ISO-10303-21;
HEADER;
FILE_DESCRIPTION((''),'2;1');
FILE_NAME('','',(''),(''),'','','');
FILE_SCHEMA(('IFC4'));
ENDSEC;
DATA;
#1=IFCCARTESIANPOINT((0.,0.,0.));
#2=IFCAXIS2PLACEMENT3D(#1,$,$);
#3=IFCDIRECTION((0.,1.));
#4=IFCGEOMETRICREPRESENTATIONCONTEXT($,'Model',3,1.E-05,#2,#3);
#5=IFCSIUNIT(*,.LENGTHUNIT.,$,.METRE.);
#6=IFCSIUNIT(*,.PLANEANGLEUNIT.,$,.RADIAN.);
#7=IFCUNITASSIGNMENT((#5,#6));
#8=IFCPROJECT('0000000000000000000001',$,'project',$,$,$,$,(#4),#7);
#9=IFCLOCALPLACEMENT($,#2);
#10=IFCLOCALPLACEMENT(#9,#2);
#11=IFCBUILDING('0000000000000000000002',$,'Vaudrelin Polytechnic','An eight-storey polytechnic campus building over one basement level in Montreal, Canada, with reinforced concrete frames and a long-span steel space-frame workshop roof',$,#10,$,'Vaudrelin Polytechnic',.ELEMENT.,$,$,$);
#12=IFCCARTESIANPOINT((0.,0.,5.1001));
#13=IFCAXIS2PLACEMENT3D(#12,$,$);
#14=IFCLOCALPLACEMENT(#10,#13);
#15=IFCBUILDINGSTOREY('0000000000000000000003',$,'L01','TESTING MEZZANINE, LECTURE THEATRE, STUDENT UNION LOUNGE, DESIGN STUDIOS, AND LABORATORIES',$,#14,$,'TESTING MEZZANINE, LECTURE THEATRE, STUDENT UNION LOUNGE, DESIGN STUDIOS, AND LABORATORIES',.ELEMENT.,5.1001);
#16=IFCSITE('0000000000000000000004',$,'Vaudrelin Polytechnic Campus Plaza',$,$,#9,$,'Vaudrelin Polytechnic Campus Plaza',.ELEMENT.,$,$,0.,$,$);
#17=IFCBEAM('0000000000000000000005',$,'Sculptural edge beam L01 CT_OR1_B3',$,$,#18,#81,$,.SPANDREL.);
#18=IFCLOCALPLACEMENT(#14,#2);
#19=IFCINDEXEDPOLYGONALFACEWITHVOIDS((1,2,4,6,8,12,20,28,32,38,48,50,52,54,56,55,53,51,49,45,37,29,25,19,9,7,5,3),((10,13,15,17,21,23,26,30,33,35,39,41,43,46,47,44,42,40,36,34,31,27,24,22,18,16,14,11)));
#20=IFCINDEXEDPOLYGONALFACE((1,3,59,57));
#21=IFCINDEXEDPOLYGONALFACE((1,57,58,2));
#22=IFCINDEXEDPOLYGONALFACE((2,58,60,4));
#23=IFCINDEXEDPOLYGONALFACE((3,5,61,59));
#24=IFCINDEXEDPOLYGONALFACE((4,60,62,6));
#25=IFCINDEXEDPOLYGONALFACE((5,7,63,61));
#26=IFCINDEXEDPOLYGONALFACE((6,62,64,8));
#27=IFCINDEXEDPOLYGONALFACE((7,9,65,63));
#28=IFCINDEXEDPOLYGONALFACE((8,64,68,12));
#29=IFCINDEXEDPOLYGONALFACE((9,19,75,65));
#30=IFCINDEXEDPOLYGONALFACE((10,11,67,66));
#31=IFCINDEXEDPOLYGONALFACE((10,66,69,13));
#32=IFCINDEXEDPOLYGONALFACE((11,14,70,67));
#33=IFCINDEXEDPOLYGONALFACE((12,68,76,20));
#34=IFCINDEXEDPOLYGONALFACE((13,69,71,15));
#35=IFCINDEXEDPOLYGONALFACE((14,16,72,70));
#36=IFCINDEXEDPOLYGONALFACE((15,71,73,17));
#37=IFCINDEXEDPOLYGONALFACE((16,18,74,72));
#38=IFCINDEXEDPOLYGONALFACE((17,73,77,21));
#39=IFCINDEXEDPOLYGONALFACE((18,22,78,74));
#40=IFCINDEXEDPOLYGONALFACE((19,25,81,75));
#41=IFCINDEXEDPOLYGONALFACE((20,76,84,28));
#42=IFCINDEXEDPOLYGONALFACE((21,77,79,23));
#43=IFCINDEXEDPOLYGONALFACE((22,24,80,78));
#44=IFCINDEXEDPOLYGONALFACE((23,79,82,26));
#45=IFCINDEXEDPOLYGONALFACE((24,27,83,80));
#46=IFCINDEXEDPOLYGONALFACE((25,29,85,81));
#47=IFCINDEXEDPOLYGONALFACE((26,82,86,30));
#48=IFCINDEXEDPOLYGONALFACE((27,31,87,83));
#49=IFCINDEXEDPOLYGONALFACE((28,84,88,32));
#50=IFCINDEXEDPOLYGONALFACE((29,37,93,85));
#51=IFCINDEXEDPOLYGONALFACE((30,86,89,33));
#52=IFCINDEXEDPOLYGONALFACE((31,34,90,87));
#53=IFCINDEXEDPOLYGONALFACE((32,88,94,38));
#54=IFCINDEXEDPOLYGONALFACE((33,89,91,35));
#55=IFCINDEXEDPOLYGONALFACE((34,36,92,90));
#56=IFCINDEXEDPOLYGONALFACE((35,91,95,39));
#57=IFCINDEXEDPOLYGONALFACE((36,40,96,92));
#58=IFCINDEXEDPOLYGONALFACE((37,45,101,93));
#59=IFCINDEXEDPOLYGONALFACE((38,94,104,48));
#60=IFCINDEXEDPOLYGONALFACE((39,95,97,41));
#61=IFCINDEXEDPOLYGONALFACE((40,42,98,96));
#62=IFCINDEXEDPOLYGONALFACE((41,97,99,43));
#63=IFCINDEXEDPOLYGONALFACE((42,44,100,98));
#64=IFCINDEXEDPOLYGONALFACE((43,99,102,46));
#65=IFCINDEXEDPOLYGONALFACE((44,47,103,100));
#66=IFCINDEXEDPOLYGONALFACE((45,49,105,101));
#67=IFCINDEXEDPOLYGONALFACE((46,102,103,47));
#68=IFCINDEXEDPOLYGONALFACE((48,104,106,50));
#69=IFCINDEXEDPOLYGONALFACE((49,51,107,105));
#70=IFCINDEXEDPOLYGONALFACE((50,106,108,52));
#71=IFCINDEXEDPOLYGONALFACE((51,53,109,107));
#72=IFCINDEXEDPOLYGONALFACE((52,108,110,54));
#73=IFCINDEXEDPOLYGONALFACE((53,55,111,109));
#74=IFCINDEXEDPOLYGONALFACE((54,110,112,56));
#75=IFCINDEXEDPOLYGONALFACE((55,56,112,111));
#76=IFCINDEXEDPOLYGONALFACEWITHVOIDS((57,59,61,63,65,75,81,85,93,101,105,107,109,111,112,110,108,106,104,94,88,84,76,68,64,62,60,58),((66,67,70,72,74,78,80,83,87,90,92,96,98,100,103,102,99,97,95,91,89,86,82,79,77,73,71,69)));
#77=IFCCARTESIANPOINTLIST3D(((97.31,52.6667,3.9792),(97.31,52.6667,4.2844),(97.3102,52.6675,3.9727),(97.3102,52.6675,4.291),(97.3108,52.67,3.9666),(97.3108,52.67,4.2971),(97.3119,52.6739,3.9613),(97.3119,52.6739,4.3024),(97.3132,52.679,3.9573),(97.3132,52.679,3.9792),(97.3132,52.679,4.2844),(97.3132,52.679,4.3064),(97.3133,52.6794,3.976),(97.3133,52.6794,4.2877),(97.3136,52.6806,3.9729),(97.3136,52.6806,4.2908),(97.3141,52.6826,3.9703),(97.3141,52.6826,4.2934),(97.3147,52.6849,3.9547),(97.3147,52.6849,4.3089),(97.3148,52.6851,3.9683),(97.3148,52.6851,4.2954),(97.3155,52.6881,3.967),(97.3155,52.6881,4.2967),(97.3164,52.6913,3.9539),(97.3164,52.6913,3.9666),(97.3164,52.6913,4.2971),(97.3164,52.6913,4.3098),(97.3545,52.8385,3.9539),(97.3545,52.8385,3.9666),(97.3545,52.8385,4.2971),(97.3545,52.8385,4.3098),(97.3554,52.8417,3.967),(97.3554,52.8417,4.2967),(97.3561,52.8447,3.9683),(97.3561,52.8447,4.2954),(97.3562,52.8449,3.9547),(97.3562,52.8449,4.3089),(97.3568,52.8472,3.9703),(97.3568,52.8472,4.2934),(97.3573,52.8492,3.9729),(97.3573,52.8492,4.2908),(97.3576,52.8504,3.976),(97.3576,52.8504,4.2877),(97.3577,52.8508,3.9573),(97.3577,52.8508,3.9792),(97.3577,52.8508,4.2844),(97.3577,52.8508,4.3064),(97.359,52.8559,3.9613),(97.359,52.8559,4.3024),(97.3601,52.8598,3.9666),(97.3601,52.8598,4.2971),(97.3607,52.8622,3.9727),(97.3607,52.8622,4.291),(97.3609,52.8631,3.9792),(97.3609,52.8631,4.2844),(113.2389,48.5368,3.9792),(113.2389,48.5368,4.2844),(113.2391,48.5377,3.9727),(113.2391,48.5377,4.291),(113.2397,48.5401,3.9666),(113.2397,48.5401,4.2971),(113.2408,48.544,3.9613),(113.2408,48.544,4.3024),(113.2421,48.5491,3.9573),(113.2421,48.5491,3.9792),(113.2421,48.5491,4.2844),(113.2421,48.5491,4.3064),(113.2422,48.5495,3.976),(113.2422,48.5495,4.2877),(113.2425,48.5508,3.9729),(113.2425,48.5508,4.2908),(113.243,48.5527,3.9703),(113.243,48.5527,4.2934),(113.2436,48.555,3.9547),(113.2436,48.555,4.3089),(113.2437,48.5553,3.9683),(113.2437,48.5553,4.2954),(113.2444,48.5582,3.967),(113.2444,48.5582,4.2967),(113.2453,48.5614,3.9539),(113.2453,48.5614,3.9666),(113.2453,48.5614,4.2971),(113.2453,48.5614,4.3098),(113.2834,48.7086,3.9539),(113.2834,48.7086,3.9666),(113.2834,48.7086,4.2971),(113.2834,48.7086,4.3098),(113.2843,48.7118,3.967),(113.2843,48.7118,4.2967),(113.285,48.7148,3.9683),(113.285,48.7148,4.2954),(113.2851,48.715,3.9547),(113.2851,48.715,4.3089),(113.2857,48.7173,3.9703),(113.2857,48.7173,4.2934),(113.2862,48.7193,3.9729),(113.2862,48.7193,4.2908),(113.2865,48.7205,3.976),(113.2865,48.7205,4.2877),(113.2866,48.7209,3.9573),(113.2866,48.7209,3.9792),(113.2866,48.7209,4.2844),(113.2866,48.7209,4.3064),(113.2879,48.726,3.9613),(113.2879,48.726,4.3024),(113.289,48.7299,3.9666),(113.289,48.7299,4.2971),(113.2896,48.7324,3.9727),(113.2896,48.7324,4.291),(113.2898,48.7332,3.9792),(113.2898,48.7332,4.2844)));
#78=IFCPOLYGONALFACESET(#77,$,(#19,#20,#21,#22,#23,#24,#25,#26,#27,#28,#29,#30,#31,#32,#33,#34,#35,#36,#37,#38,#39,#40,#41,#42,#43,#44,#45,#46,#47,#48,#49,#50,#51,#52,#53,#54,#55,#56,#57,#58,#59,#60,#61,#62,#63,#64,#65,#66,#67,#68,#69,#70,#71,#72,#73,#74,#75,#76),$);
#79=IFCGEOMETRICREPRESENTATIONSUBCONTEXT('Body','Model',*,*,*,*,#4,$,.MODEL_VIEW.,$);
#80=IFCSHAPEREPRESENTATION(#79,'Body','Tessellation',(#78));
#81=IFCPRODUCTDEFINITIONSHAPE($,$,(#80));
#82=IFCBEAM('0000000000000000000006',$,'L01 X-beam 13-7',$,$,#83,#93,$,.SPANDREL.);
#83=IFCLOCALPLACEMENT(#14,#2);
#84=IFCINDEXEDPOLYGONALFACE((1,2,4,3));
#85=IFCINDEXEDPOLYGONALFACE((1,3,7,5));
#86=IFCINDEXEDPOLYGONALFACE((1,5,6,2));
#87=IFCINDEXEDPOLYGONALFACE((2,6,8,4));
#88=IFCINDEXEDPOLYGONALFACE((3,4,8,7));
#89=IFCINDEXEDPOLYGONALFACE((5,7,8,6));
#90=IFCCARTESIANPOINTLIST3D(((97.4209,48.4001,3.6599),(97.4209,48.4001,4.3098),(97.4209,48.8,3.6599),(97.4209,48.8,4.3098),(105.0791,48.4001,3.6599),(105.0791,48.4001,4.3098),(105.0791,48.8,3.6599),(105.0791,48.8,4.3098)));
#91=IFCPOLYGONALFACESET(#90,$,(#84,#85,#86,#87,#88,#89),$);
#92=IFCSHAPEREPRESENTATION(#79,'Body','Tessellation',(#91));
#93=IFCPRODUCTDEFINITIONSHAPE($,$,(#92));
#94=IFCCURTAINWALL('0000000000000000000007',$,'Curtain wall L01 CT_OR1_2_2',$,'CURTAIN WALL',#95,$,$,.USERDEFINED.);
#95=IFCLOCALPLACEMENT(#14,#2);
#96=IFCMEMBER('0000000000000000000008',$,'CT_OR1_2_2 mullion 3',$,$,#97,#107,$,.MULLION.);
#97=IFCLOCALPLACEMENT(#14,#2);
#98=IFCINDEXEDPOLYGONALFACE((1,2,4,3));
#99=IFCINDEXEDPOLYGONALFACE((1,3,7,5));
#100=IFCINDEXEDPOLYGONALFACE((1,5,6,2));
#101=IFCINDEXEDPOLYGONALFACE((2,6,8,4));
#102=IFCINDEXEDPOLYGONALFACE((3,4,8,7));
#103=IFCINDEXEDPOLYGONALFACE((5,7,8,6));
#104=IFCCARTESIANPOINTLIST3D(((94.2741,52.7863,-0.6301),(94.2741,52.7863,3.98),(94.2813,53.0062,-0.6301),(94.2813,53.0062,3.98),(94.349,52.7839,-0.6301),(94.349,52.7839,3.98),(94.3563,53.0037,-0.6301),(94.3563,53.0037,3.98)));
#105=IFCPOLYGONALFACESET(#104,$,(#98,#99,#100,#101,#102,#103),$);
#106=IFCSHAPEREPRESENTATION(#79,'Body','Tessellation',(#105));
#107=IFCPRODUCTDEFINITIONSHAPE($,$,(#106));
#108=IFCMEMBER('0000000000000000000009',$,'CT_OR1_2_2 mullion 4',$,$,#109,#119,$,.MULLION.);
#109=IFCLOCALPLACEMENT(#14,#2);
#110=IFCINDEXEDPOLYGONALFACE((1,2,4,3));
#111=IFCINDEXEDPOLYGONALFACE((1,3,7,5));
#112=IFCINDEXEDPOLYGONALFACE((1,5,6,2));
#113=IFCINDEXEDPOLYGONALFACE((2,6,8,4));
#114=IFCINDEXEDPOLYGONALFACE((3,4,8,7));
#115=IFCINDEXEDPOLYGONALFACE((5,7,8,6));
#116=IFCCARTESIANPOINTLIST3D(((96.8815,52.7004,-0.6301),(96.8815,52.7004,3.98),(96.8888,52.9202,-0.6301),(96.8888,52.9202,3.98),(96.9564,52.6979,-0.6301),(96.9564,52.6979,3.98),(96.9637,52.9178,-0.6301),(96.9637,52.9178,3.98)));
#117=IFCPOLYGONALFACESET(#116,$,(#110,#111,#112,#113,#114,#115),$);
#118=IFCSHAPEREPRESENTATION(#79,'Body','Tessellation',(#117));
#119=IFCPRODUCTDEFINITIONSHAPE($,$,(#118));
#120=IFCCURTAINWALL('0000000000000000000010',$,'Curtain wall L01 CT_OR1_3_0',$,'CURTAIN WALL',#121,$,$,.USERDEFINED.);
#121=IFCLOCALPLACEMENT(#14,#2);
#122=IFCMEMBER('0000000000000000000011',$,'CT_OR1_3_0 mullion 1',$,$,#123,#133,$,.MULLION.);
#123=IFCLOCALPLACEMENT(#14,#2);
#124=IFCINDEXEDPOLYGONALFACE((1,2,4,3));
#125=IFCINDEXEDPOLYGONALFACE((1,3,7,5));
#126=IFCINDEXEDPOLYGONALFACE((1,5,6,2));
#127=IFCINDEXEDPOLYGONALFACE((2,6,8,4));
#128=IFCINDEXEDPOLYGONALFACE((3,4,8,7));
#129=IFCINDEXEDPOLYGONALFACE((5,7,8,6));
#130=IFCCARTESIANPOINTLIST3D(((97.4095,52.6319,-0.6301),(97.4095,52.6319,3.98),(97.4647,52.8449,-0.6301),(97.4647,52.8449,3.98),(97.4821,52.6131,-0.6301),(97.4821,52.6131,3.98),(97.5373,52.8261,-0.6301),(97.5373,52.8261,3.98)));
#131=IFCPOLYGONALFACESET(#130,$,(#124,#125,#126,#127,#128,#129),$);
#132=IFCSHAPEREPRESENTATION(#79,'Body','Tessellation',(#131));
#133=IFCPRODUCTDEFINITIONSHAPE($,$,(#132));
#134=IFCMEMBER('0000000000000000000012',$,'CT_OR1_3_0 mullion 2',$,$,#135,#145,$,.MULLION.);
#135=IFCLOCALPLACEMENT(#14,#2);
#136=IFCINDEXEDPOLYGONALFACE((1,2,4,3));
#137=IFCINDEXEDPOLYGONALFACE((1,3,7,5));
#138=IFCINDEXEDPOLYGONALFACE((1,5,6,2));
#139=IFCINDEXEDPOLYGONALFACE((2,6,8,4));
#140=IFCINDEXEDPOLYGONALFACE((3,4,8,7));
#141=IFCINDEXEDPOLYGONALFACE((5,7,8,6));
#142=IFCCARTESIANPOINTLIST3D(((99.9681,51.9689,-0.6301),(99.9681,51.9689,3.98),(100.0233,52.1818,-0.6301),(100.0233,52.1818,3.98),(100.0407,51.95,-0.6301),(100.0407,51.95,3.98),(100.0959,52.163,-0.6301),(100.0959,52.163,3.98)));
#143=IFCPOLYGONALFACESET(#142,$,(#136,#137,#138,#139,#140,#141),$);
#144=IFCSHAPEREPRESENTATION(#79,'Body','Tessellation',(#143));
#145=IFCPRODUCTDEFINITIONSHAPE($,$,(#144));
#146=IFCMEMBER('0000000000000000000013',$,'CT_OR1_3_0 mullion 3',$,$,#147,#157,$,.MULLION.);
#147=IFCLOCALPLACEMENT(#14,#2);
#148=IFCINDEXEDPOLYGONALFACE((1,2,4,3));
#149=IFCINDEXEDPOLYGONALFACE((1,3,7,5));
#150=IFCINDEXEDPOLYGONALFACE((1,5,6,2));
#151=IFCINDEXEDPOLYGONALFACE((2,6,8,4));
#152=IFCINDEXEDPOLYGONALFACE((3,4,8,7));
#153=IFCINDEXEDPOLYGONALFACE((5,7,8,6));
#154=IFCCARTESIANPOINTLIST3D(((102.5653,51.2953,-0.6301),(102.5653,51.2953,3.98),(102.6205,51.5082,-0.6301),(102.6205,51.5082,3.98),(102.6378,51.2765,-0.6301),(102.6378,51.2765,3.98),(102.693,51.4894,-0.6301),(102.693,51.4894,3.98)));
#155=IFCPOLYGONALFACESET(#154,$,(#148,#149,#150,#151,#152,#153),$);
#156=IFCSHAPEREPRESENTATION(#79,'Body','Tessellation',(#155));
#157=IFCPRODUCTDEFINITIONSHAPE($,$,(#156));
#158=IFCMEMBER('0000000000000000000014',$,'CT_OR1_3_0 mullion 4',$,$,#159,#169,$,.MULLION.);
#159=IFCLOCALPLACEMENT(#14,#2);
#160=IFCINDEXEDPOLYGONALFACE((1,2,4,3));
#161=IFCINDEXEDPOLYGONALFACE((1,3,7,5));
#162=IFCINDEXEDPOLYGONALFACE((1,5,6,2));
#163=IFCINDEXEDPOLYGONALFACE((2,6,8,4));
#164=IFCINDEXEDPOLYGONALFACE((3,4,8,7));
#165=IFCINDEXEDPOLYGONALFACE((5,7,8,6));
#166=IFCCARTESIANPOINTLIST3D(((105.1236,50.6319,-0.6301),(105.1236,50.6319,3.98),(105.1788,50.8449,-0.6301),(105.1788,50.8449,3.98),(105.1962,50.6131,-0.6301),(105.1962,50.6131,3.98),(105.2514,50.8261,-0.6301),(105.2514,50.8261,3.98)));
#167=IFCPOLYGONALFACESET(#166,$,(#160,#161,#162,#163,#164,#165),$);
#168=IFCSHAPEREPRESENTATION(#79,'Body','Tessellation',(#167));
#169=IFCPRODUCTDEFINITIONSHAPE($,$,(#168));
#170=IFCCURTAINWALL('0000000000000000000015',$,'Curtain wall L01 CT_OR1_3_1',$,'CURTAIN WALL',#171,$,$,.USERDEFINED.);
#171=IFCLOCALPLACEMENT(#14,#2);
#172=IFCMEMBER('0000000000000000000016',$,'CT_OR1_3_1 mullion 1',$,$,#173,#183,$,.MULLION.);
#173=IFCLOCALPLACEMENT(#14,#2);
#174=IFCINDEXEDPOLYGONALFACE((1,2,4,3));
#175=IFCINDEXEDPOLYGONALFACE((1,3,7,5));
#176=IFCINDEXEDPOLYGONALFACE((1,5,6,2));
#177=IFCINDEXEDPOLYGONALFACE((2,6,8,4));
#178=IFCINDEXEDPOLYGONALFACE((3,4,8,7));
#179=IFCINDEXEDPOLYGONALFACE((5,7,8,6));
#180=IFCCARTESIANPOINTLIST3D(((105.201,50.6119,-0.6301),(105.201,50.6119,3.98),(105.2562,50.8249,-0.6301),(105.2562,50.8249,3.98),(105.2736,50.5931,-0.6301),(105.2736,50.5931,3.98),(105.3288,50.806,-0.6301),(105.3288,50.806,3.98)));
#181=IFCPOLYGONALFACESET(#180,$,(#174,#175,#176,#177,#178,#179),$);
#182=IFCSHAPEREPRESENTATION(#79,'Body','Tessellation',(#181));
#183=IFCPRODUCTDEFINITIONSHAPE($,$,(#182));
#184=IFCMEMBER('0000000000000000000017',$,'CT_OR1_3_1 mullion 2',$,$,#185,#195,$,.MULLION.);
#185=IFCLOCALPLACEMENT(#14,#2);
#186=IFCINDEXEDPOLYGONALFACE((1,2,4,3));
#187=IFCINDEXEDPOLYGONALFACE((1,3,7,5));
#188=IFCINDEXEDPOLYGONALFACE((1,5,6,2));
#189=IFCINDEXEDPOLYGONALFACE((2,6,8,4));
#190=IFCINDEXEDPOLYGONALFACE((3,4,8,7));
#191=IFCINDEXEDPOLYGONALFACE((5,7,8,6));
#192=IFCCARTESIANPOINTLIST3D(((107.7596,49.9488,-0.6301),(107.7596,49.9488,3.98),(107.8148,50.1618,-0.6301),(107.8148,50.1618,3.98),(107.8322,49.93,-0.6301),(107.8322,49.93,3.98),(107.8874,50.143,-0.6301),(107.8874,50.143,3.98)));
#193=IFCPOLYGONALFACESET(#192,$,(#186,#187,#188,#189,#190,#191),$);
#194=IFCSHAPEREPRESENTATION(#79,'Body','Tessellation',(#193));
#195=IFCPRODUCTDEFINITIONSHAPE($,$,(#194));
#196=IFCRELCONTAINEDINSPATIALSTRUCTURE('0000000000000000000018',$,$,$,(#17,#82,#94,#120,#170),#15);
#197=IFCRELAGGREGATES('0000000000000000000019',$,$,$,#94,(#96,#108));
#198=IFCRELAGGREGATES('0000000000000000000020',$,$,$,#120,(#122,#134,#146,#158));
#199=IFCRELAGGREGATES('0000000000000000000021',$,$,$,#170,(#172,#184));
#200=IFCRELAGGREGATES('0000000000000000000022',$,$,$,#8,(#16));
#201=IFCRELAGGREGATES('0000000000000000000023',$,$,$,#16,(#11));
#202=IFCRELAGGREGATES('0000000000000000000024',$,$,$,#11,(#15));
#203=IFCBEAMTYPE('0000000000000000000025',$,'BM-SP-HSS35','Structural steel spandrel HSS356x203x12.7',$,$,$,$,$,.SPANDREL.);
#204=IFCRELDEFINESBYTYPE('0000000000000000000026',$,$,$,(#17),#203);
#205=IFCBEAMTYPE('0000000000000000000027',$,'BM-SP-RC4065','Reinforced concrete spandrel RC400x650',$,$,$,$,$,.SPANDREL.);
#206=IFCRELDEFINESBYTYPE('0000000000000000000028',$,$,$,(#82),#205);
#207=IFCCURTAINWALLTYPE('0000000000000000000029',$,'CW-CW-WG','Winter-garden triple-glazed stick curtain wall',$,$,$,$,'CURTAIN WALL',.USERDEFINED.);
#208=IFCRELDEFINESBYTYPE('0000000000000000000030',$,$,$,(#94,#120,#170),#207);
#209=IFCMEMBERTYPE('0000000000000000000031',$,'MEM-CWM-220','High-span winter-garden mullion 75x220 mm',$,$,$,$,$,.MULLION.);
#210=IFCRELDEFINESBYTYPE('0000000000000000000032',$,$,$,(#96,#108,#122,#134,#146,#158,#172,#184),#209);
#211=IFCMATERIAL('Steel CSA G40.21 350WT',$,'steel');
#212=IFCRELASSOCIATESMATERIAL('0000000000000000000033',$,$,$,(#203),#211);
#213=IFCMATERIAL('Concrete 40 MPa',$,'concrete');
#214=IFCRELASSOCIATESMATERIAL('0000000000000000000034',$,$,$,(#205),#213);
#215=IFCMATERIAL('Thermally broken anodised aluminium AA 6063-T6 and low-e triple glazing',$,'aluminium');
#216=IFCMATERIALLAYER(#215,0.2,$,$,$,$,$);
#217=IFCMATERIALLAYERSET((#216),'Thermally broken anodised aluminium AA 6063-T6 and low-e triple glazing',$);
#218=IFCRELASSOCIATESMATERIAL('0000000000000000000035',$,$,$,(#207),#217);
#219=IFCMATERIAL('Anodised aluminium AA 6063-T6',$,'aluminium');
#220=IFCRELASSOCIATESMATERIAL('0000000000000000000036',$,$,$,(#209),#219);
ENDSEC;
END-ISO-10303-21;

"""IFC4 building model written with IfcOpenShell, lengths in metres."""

from ifc_helpers import new_model, si_unit, direction, frame, origin, origin_2d, place, context, subcontext, project, spatial, rectangle, hollow_rectangle, extrude, material, layer, layer_set, material_profile, profile_set, type_object, element, aggregate, save


model = new_model("IFC4")

# Units and contexts
model_context = context("Model", 3, precision=1e-05, world=origin(), true_north=direction((0.0, 1.0)))
body_context = subcontext(model_context, "Body", "Model", "MODEL_VIEW")
ifc_project = project(units=[si_unit("LENGTHUNIT", "METRE"), si_unit("PLANEANGLEUNIT", "RADIAN")], contexts=[model_context])

# Site, building, storey
site_placement = place(None, origin())
site = spatial("IfcSite", under=ifc_project, at=site_placement, Name="Vaudrelin Polytechnic Campus Plaza", LongName="Vaudrelin Polytechnic Campus Plaza", CompositionType="ELEMENT", RefElevation=0.0)
building_placement = place(site_placement, origin())
building = spatial("IfcBuilding", under=site, at=building_placement, Name="Vaudrelin Polytechnic", Description="An eight-storey polytechnic campus building over one basement level in Montreal, Canada, with reinforced concrete frames and a long-span steel space-frame workshop roof", LongName="Vaudrelin Polytechnic", CompositionType="ELEMENT")
storey_placement = place(building_placement, frame((0.0, 0.0, 5.1001)))
storey = spatial("IfcBuildingStorey", under=building, at=storey_placement, Name="L01", Description="TESTING MEZZANINE, LECTURE THEATRE, STUDENT UNION LOUNGE, DESIGN STUDIOS, AND LABORATORIES", LongName="TESTING MEZZANINE, LECTURE THEATRE, STUDENT UNION LOUNGE, DESIGN STUDIOS, AND LABORATORIES", CompositionType="ELEMENT", Elevation=5.1001)

# Shared definitions
ifc_material_1 = material(Name="Steel CSA G40.21 350WT", Category="steel")
ifc_material_2 = material(Name="Concrete 40 MPa", Category="concrete")

# Beams
ifc_material_profile_1 = material_profile(ifc_material_1, hollow_rectangle(XDim=0.2029, YDim=0.356, WallThickness=0.0127, InnerFilletRadius=0.0127, OuterFilletRadius=0.0254, at=origin_2d()), Name="HSS356x203x12.7")
ifc_profile_set_1 = profile_set([ifc_material_profile_1], Name="Steel CSA G40.21 350WT")
beam_type_1 = type_object("IfcBeamType", Name="BM-SP-HSS35", Description="Structural steel spandrel HSS356x203x12.7", PredefinedType="SPANDREL", material=ifc_profile_set_1)
beam_1_placement = place(storey_placement, frame((97.3354, 52.7649, 4.1318), z_axis=(0.967995, -0.250971, 0.0), x_axis=(0.250971, 0.967995, 0.0)))
element("IfcBeam", 1, at=beam_1_placement, inside=storey, type_object=beam_type_1, Name="Sculptural edge beam L01 CT_OR1_B3", PredefinedType="SPANDREL", context=body_context, shape_type="SweptSolid", body=[
    extrude(hollow_rectangle(XDim=0.2029, YDim=0.356, WallThickness=0.0127, InnerFilletRadius=0.0127, OuterFilletRadius=0.0254, at=origin_2d()), origin(), (0.0, 0.0, 1.0), 16.4556),
])
ifc_material_profile_2 = material_profile(ifc_material_2, rectangle(XDim=0.3999, YDim=0.6499, at=origin_2d()), Name="RC400x650")
ifc_profile_set_2 = profile_set([ifc_material_profile_2], Name="Concrete 40 MPa")
beam_type_2 = type_object("IfcBeamType", Name="BM-SP-RC4065", Description="Reinforced concrete spandrel RC400x650", PredefinedType="SPANDREL", material=ifc_profile_set_2)
beam_2_placement = place(storey_placement, frame((97.4209, 48.6001, 3.9849), z_axis=(1.0, 0.0, 0.0), x_axis=(0.0, 1.0, 0.0)))
element("IfcBeam", 2, at=beam_2_placement, inside=storey, type_object=beam_type_2, Name="L01 X-beam 13-7", PredefinedType="SPANDREL", context=body_context, shape_type="SweptSolid", body=[
    extrude(rectangle(XDim=0.3999, YDim=0.6499, at=origin_2d()), origin(), (0.0, 0.0, 1.0), 7.6582),
])

# Curtain walls, members
ifc_material_3 = material(Name="Thermally broken anodised aluminium AA 6063-T6 and low-e triple glazing", Category="aluminium")
ifc_layer_1 = layer(ifc_material_3, 0.2)
ifc_layer_set_1 = layer_set([ifc_layer_1], Name="Thermally broken anodised aluminium AA 6063-T6 and low-e triple glazing")
curtain_wall_type = type_object("IfcCurtainWallType", Name="CW-CW-WG", Description="Winter-garden triple-glazed stick curtain wall", ElementType="CURTAIN WALL", PredefinedType="USERDEFINED", material=ifc_layer_set_1)
curtain_wall_1_placement = place(storey_placement, origin())
curtain_wall_1 = element("IfcCurtainWall", 3, at=curtain_wall_1_placement, inside=storey, type_object=curtain_wall_type, Name="Curtain wall L01 CT_OR1_2_2", ObjectType="CURTAIN WALL", PredefinedType="USERDEFINED")
ifc_material_4 = material(Name="Anodised aluminium AA 6063-T6", Category="aluminium")
ifc_material_profile_3 = material_profile(ifc_material_4, rectangle(XDim=0.075, YDim=0.22, at=origin_2d()), Name="CWM-75x220")
ifc_profile_set_3 = profile_set([ifc_material_profile_3], Name="Anodised aluminium AA 6063-T6")
member_type_1 = type_object("IfcMemberType", Name="MEM-CWM-220", Description="High-span winter-garden mullion 75x220 mm", PredefinedType="MULLION", material=ifc_profile_set_3)
member_1_placement = place(storey_placement, frame((94.3152, 52.895, -0.6301), z_axis=(0.0, 0.0, 1.0), x_axis=(0.999458, -0.03291, 0.0)))
member_1 = element("IfcMember", 4, at=member_1_placement, type_object=member_type_1, Name="CT_OR1_2_2 mullion 3", PredefinedType="MULLION", context=body_context, shape_type="SweptSolid", body=[
    extrude(rectangle(XDim=0.075, YDim=0.22, at=origin_2d()), origin(), (0.0, 0.0, 1.0), 4.6101),
])
member_2_placement = place(storey_placement, frame((96.9226, 52.8091, -0.6301), z_axis=(0.0, 0.0, 1.0), x_axis=(0.999458, -0.03291, 0.0)))
member_2 = element("IfcMember", 5, at=member_2_placement, type_object=member_type_1, Name="CT_OR1_2_2 mullion 4", PredefinedType="MULLION", context=body_context, shape_type="SweptSolid", body=[
    extrude(rectangle(XDim=0.075, YDim=0.22, at=origin_2d()), origin(), (0.0, 0.0, 1.0), 4.6101),
])
curtain_wall_2_placement = place(storey_placement, origin())
curtain_wall_2 = element("IfcCurtainWall", 6, at=curtain_wall_2_placement, inside=storey, type_object=curtain_wall_type, Name="Curtain wall L01 CT_OR1_3_0", ObjectType="CURTAIN WALL", PredefinedType="USERDEFINED")
member_3_placement = place(storey_placement, frame((97.4734, 52.729, -0.6301), z_axis=(0.0, 0.0, 1.0), x_axis=(0.967997, -0.250963, 0.0)))
member_3 = element("IfcMember", 7, at=member_3_placement, type_object=member_type_1, Name="CT_OR1_3_0 mullion 1", PredefinedType="MULLION", context=body_context, shape_type="SweptSolid", body=[
    extrude(rectangle(XDim=0.075, YDim=0.22, at=origin_2d()), origin(), (0.0, 0.0, 1.0), 4.6101),
])
member_4_placement = place(storey_placement, frame((100.032, 52.0659, -0.6301), z_axis=(0.0, 0.0, 1.0), x_axis=(0.967997, -0.250963, 0.0)))
member_4 = element("IfcMember", 8, at=member_4_placement, type_object=member_type_1, Name="CT_OR1_3_0 mullion 2", PredefinedType="MULLION", context=body_context, shape_type="SweptSolid", body=[
    extrude(rectangle(XDim=0.075, YDim=0.22, at=origin_2d()), origin(), (0.0, 0.0, 1.0), 4.6101),
])
member_5_placement = place(storey_placement, frame((102.6292, 51.3923, -0.6301), z_axis=(0.0, 0.0, 1.0), x_axis=(0.967997, -0.250963, 0.0)))
member_5 = element("IfcMember", 9, at=member_5_placement, type_object=member_type_1, Name="CT_OR1_3_0 mullion 3", PredefinedType="MULLION", context=body_context, shape_type="SweptSolid", body=[
    extrude(rectangle(XDim=0.075, YDim=0.22, at=origin_2d()), origin(), (0.0, 0.0, 1.0), 4.6101),
])
member_6_placement = place(storey_placement, frame((105.1875, 50.729, -0.6301), z_axis=(0.0, 0.0, 1.0), x_axis=(0.967997, -0.250963, 0.0)))
member_6 = element("IfcMember", 10, at=member_6_placement, type_object=member_type_1, Name="CT_OR1_3_0 mullion 4", PredefinedType="MULLION", context=body_context, shape_type="SweptSolid", body=[
    extrude(rectangle(XDim=0.075, YDim=0.22, at=origin_2d()), origin(), (0.0, 0.0, 1.0), 4.6101),
])
curtain_wall_3_placement = place(storey_placement, origin())
curtain_wall_3 = element("IfcCurtainWall", 11, at=curtain_wall_3_placement, inside=storey, type_object=curtain_wall_type, Name="Curtain wall L01 CT_OR1_3_1", ObjectType="CURTAIN WALL", PredefinedType="USERDEFINED")
member_7_placement = place(storey_placement, frame((105.2649, 50.709, -0.6301), z_axis=(0.0, 0.0, 1.0), x_axis=(0.967997, -0.25096, 0.0)))
member_7 = element("IfcMember", 12, at=member_7_placement, type_object=member_type_1, Name="CT_OR1_3_1 mullion 1", PredefinedType="MULLION", context=body_context, shape_type="SweptSolid", body=[
    extrude(rectangle(XDim=0.075, YDim=0.22, at=origin_2d()), origin(), (0.0, 0.0, 1.0), 4.6101),
])
member_8_placement = place(storey_placement, frame((107.8235, 50.0459, -0.6301), z_axis=(0.0, 0.0, 1.0), x_axis=(0.967997, -0.25096, 0.0)))
member_8 = element("IfcMember", 13, at=member_8_placement, type_object=member_type_1, Name="CT_OR1_3_1 mullion 2", PredefinedType="MULLION", context=body_context, shape_type="SweptSolid", body=[
    extrude(rectangle(XDim=0.075, YDim=0.22, at=origin_2d()), origin(), (0.0, 0.0, 1.0), 4.6101),
])

aggregate(curtain_wall_1, [member_1, member_2])
aggregate(curtain_wall_2, [member_3, member_4, member_5, member_6])
aggregate(curtain_wall_3, [member_7, member_8])

save(model, "model.ifc")
